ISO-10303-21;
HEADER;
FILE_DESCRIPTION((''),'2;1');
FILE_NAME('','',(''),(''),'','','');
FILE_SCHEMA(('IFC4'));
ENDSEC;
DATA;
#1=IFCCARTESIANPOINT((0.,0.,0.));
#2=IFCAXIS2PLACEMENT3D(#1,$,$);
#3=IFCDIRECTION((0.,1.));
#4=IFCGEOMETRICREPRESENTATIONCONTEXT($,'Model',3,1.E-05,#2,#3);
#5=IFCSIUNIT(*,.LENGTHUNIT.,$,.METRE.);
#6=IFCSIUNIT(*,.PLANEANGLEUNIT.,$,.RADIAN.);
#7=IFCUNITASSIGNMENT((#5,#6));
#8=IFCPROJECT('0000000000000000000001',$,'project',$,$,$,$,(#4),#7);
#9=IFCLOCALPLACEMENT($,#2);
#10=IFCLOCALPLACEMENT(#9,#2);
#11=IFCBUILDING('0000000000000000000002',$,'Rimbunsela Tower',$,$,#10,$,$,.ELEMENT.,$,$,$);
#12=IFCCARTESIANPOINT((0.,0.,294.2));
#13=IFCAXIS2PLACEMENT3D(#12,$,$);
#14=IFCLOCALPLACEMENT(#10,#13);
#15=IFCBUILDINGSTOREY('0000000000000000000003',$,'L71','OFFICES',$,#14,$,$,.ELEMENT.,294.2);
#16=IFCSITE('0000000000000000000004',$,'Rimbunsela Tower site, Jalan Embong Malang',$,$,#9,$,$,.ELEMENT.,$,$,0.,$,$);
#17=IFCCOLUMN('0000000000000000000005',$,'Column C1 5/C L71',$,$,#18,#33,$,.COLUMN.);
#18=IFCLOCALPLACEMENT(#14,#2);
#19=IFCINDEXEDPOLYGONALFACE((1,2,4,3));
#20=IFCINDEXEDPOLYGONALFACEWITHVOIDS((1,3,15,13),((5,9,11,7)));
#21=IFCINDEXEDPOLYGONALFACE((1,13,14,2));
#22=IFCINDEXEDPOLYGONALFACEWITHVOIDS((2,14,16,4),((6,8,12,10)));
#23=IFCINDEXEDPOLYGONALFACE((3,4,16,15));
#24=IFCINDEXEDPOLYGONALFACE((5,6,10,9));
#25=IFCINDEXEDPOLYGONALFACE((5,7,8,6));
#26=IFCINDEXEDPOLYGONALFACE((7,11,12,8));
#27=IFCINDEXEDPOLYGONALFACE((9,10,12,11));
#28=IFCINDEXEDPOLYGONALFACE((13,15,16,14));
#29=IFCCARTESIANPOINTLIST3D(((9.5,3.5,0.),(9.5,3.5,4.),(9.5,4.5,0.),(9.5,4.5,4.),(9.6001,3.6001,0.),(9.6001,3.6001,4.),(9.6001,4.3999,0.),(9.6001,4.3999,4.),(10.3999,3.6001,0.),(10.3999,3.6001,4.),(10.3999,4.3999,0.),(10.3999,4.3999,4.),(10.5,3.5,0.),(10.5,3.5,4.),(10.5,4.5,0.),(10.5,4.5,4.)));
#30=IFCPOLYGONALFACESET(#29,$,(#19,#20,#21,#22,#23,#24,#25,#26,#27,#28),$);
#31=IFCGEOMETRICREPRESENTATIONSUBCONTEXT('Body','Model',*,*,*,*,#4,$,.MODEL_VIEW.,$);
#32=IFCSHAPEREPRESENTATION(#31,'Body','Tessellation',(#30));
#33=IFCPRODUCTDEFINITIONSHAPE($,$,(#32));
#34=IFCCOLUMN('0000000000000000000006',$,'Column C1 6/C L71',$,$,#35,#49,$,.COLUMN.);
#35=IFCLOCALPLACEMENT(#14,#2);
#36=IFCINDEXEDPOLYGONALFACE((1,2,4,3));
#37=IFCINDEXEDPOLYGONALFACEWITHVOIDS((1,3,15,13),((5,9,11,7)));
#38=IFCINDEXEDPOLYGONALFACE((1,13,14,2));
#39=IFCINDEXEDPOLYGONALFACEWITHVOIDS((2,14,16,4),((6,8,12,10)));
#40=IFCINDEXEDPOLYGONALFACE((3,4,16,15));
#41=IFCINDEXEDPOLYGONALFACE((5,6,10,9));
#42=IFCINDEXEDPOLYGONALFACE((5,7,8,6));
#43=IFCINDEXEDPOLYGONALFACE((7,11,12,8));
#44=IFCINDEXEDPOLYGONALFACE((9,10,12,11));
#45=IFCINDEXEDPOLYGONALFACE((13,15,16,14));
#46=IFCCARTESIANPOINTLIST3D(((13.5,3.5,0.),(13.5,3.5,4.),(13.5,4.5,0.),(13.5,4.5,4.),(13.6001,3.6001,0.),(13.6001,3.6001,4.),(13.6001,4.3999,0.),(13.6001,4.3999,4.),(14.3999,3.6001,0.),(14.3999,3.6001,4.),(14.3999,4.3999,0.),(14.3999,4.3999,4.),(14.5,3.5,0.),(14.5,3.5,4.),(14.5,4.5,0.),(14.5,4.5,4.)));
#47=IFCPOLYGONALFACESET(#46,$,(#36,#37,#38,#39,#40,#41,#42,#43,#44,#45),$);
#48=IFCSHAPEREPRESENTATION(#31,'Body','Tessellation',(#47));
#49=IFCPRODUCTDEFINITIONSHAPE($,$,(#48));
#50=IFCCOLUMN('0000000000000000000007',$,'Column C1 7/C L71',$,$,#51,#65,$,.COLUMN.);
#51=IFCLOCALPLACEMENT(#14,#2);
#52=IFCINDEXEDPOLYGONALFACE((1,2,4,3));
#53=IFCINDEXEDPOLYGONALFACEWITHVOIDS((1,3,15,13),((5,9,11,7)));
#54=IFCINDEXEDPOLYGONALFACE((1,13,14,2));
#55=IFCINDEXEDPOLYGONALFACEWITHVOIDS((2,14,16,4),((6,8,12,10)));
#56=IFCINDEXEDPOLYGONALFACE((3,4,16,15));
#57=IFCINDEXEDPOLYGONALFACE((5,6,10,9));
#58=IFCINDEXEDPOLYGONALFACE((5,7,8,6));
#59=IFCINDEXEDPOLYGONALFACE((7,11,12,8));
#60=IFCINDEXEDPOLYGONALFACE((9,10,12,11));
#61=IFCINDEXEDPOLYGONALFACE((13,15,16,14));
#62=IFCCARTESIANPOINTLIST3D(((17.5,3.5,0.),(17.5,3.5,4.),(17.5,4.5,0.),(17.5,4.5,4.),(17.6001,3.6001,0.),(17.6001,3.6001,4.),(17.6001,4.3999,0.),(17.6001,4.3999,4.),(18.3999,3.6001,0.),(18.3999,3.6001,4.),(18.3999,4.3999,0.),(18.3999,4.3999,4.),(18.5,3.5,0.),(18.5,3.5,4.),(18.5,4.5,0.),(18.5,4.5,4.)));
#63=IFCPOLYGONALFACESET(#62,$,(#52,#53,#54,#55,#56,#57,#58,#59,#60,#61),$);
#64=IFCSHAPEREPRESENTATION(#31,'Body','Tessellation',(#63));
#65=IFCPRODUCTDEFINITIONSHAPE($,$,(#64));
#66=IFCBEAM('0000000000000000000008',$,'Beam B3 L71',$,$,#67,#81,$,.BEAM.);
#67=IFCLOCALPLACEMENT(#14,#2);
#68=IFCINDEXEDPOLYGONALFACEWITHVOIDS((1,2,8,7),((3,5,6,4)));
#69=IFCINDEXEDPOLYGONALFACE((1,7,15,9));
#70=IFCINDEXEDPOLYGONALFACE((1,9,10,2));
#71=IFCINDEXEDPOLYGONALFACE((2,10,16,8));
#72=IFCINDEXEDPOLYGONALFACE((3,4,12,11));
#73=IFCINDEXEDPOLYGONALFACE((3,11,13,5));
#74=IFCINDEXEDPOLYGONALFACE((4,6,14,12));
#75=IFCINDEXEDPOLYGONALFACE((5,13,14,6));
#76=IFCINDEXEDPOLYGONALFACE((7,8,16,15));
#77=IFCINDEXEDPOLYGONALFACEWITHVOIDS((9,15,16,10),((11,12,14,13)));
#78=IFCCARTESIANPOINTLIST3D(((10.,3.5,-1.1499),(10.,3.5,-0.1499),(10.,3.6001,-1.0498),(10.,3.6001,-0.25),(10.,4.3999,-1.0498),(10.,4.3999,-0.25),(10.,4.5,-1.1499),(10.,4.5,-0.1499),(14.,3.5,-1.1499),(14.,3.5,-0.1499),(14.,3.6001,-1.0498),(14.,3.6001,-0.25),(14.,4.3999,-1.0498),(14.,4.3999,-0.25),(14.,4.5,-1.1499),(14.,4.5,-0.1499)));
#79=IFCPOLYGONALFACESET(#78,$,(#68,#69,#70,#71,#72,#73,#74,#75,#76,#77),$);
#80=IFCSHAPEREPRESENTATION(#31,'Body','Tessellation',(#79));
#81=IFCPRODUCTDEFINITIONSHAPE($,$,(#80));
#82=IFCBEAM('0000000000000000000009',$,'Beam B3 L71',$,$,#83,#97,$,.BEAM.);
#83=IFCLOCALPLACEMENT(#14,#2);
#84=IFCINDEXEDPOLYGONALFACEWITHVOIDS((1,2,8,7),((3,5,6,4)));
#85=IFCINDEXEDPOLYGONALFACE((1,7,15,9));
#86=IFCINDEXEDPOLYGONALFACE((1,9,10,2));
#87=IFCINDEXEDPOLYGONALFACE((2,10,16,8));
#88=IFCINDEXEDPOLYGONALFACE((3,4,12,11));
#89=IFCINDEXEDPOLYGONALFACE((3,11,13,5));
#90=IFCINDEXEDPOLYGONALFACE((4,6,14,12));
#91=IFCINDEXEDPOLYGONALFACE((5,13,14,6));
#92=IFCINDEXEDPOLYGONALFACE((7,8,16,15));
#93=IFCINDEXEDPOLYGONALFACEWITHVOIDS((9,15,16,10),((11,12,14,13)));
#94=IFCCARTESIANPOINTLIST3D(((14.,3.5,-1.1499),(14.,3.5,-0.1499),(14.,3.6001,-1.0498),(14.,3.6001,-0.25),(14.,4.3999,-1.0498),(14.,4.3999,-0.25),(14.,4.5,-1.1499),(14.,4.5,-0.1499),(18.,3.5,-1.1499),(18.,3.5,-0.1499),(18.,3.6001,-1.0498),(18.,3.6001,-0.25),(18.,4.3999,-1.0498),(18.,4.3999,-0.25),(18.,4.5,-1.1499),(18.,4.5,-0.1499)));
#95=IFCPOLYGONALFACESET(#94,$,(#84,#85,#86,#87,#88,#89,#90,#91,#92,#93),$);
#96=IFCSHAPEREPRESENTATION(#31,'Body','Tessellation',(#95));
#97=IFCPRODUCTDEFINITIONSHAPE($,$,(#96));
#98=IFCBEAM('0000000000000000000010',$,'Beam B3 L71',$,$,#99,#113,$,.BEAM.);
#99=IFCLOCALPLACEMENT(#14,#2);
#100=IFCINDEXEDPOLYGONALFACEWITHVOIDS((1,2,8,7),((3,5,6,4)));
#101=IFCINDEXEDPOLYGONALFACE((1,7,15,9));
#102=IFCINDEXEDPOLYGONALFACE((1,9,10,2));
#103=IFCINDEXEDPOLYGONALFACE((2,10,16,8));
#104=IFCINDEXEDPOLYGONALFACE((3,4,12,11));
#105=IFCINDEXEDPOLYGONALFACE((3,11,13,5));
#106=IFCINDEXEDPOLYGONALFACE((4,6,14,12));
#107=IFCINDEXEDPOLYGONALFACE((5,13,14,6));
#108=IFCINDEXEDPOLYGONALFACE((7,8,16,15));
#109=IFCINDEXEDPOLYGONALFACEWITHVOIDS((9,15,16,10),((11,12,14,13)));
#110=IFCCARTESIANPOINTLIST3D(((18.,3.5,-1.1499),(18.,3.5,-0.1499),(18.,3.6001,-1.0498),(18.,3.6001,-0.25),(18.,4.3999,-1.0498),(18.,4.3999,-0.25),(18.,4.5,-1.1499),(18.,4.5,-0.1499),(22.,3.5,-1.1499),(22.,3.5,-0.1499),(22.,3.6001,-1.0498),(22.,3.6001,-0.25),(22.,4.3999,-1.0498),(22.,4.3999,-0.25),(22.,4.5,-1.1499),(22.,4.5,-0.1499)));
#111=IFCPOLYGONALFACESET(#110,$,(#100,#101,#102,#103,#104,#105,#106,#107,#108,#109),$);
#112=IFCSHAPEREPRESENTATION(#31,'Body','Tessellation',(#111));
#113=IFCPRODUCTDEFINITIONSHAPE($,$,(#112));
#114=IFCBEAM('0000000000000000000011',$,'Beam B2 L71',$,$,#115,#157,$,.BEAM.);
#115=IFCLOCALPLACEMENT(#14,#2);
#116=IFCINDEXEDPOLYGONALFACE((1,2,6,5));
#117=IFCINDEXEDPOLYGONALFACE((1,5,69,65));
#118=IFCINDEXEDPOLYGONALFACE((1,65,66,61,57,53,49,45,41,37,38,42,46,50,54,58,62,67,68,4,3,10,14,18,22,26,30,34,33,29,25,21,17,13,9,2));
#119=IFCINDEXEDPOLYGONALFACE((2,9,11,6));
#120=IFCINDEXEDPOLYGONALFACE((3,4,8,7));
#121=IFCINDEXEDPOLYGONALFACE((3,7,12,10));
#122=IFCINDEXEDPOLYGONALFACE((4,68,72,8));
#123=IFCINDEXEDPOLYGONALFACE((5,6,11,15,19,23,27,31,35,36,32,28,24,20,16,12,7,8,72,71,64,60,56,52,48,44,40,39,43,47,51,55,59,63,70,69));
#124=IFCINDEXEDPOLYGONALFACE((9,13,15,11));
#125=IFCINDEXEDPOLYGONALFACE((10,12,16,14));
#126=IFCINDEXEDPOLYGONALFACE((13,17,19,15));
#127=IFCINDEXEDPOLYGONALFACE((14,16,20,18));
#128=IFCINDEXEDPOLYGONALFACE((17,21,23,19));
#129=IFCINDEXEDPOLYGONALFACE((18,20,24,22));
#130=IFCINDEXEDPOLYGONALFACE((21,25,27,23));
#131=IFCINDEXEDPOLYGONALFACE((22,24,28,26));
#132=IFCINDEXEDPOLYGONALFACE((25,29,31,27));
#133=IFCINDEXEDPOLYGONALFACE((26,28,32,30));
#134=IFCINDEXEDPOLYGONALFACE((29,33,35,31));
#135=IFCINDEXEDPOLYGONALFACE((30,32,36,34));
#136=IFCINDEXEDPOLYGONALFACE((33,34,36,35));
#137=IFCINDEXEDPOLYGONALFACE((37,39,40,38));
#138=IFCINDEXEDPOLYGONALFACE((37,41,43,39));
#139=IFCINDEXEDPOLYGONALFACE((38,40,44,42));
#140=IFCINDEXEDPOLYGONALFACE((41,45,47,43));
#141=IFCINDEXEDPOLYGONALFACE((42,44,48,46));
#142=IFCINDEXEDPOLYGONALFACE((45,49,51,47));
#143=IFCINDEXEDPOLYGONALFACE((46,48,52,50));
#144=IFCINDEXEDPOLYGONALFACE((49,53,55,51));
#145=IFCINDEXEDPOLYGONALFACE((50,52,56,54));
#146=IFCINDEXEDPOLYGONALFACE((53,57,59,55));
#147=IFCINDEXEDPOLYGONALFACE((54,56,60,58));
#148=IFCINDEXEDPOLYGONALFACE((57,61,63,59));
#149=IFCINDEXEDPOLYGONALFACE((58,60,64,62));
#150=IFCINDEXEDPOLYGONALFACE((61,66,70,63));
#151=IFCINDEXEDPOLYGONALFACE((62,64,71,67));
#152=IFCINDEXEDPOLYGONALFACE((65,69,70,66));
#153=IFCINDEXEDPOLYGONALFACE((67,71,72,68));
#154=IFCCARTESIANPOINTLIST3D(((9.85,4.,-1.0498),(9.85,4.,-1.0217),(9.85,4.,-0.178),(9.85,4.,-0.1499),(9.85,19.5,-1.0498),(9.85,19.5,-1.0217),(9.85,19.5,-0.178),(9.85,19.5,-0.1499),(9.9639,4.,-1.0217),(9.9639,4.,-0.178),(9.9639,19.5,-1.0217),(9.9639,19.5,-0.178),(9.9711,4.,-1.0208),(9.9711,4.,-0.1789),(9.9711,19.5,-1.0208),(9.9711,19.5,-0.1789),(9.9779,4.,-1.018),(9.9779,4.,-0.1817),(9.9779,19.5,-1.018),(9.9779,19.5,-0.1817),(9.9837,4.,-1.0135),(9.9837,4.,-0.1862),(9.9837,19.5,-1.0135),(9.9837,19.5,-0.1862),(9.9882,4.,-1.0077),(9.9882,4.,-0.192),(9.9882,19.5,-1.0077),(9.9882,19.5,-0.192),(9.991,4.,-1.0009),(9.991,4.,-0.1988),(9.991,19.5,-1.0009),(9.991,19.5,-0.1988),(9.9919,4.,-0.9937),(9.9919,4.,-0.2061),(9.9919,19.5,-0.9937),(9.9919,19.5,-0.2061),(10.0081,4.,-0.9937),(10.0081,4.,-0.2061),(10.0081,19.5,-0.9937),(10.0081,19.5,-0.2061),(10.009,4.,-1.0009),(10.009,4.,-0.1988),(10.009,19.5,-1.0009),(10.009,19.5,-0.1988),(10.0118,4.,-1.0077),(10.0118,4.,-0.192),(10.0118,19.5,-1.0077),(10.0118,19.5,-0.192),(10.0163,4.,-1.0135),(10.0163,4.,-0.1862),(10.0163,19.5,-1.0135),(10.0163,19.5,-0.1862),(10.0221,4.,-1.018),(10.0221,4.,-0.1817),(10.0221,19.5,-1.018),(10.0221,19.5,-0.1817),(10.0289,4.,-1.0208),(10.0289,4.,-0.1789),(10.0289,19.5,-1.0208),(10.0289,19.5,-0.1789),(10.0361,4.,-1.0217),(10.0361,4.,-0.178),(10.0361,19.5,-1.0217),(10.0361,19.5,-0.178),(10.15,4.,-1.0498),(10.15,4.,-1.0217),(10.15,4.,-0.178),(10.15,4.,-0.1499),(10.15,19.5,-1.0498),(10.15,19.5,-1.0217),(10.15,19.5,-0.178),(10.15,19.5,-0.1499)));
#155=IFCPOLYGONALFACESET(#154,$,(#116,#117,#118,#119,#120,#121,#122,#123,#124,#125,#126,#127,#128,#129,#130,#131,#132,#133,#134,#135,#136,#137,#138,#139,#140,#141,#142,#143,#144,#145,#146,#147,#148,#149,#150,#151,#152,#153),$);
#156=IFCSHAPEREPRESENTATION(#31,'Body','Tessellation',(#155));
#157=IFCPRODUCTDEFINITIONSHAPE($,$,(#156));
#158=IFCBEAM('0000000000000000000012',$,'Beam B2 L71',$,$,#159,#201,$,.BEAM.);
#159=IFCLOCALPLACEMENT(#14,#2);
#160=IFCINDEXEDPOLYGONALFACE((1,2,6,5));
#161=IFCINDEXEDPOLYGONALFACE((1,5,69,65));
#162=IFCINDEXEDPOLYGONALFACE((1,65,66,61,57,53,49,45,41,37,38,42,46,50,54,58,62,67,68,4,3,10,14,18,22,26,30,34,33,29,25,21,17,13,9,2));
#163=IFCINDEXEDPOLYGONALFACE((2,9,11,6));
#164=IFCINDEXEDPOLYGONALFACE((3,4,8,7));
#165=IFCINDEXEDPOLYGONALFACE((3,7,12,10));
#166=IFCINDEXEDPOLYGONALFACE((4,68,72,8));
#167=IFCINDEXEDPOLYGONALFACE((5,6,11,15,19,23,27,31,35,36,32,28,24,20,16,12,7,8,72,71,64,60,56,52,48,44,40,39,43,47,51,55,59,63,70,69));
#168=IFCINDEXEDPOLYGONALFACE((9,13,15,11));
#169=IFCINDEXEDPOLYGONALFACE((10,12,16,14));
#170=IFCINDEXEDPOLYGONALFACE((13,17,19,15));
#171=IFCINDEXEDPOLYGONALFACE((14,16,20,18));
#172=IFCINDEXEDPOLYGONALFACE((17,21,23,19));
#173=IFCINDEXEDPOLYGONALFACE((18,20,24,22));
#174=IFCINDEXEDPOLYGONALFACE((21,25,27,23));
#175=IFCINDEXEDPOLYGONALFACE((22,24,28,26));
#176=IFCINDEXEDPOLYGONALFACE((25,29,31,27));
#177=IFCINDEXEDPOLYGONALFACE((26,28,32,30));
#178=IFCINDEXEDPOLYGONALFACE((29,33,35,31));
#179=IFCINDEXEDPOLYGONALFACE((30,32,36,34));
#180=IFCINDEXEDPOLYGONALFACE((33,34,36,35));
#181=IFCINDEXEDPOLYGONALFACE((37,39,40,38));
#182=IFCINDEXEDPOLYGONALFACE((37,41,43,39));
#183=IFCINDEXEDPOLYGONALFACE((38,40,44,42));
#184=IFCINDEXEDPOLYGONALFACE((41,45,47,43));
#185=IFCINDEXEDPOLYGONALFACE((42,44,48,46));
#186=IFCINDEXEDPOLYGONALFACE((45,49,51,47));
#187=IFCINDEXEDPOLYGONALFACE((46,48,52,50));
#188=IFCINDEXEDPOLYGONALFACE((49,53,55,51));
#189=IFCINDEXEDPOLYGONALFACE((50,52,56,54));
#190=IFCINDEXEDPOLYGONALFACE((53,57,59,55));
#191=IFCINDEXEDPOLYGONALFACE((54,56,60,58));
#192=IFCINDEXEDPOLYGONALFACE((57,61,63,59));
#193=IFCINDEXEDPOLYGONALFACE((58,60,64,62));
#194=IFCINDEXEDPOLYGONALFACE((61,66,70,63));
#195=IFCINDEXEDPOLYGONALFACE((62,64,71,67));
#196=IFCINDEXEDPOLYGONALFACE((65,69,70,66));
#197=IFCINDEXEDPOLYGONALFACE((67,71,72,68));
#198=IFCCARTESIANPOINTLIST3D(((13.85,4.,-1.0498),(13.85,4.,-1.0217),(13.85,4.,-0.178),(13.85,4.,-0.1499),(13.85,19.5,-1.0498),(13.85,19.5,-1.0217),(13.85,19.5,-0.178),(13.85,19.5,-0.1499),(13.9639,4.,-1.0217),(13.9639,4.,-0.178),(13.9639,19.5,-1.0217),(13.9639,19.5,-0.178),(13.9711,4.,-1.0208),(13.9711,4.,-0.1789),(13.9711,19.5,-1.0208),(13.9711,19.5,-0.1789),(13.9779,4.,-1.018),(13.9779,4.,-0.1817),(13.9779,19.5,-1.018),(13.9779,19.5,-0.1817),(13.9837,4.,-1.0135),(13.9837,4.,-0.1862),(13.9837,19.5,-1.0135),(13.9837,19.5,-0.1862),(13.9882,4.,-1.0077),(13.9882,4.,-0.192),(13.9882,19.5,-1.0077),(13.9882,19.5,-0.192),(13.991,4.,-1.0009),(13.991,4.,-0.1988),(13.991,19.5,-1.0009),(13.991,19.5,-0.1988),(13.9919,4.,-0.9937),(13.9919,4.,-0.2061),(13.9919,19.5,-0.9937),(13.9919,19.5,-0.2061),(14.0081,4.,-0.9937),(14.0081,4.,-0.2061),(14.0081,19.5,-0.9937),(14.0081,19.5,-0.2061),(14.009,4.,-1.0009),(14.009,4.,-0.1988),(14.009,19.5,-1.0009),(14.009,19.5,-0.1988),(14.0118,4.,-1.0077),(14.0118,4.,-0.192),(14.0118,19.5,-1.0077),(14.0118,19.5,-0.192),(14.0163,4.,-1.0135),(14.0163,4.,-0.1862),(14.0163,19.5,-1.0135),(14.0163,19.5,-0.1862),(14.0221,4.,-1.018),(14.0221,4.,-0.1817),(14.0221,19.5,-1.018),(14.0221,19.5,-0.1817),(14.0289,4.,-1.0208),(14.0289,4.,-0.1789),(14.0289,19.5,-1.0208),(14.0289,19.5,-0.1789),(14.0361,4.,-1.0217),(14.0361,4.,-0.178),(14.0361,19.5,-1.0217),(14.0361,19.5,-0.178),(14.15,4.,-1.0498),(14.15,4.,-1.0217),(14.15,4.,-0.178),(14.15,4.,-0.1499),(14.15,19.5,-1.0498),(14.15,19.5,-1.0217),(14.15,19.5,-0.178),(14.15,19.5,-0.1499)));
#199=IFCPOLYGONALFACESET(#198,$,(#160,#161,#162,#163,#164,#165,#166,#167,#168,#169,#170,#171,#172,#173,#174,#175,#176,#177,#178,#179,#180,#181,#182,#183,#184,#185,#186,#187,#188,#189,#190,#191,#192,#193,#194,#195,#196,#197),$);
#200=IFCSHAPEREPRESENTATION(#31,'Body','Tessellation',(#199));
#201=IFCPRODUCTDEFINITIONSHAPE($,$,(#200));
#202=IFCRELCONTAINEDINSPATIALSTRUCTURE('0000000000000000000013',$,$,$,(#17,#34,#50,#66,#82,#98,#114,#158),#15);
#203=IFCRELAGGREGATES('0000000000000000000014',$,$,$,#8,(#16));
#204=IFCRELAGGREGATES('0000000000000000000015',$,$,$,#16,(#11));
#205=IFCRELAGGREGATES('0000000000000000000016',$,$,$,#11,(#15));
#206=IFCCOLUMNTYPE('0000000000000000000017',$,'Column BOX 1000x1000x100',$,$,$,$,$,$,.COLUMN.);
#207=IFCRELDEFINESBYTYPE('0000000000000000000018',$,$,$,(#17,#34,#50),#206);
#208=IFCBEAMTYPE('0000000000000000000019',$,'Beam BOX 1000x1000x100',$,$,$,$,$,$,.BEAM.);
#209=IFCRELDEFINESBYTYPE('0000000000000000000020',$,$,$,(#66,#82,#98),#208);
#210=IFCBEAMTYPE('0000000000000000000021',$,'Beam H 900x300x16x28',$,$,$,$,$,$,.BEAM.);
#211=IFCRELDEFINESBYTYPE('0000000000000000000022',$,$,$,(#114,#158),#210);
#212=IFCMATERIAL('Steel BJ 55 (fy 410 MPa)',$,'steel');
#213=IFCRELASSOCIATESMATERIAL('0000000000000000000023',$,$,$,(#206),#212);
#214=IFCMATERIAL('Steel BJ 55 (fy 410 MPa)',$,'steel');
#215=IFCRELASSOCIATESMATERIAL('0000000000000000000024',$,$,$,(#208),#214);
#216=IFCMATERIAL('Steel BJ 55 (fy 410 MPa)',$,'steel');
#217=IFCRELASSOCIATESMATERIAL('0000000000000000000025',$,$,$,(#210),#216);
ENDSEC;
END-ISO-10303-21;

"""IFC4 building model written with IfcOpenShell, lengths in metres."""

from ifc_helpers import new_model, si_unit, direction, frame, origin, origin_2d, place, context, subcontext, project, spatial, hollow_rectangle, i_section, extrude, material, material_profile, profile_set, type_object, element, save


model = new_model("IFC4")

# Units and contexts
model_context = context("Model", 3, precision=1e-05, world=origin(), true_north=direction((0.0, 1.0)))
body_context = subcontext(model_context, "Body", "Model", "MODEL_VIEW")
ifc_project = project(units=[si_unit("LENGTHUNIT", "METRE"), si_unit("PLANEANGLEUNIT", "RADIAN")], contexts=[model_context])

# Site, building, storey
site_placement = place(None, origin())
site = spatial("IfcSite", under=ifc_project, at=site_placement, Name="Rimbunsela Tower site, Jalan Embong Malang", CompositionType="ELEMENT", RefElevation=0.0)
building_placement = place(site_placement, origin())
building = spatial("IfcBuilding", under=site, at=building_placement, Name="Rimbunsela Tower", CompositionType="ELEMENT")
storey_placement = place(building_placement, frame((0.0, 0.0, 294.2)))
storey = spatial("IfcBuildingStorey", under=building, at=storey_placement, Name="L71", Description="OFFICES", CompositionType="ELEMENT", Elevation=294.2)

# Columns
ifc_material_1 = material(Name="Steel BJ 55 (fy 410 MPa)", Category="steel")
ifc_material_profile_1 = material_profile(ifc_material_1, hollow_rectangle(XDim=1.0, YDim=1.0, WallThickness=0.1001, at=origin_2d()), Name="BOX 1000x1000x100")
ifc_profile_set_1 = profile_set([ifc_material_profile_1], Name="Steel BJ 55 (fy 410 MPa)")
column_type = type_object("IfcColumnType", Name="Column BOX 1000x1000x100", PredefinedType="COLUMN", material=ifc_profile_set_1)
for number, where, z_axis, x_axis, name in (
    (1, (10.0, 4.0, 0.0), (0.0, 0.0, 1.0), (1.0, 0.0, 0.0), "Column C1 5/C L71"),
    (2, (14.0, 4.0, 0.0), (0.0, 0.0, 1.0), (1.0, 0.0, 0.0), "Column C1 6/C L71"),
    (3, (18.0, 4.0, 0.0), (0.0, 0.0, 1.0), (1.0, 0.0, 0.0), "Column C1 7/C L71"),
):
    element("IfcColumn", number, at=place(storey_placement, frame(where, z_axis=z_axis, x_axis=x_axis)), inside=storey, type_object=column_type, Name=name, PredefinedType="COLUMN", context=body_context, shape_type="SweptSolid", body=[
        extrude(hollow_rectangle(XDim=1.0, YDim=1.0, WallThickness=0.1001, at=origin_2d()), origin(), (0.0, 0.0, 1.0), 4.0),
    ])

# Beams
ifc_material_2 = material(Name="Steel BJ 55 (fy 410 MPa)", Category="steel")
ifc_material_profile_2 = material_profile(ifc_material_2, hollow_rectangle(XDim=1.0, YDim=1.0, WallThickness=0.1001, at=origin_2d()), Name="BOX 1000x1000x100")
ifc_profile_set_2 = profile_set([ifc_material_profile_2], Name="Steel BJ 55 (fy 410 MPa)")
beam_type_1 = type_object("IfcBeamType", Name="Beam BOX 1000x1000x100", PredefinedType="BEAM", material=ifc_profile_set_2)
for number, where, z_axis, x_axis, name in (
    (4, (10.0, 4.0, -0.6499), (1.0, 0.0, 0.0), (0.0, 1.0, 0.0), "Beam B3 L71"),
    (5, (14.0, 4.0, -0.6499), (1.0, 0.0, 0.0), (0.0, 1.0, 0.0), "Beam B3 L71"),
    (6, (18.0, 4.0, -0.6499), (1.0, 0.0, 0.0), (0.0, 1.0, 0.0), "Beam B3 L71"),
):
    element("IfcBeam", number, at=place(storey_placement, frame(where, z_axis=z_axis, x_axis=x_axis)), inside=storey, type_object=beam_type_1, Name=name, PredefinedType="BEAM", context=body_context, shape_type="SweptSolid", body=[
        extrude(hollow_rectangle(XDim=1.0, YDim=1.0, WallThickness=0.1001, at=origin_2d()), origin(), (0.0, 0.0, 1.0), 4.0),
    ])
ifc_material_3 = material(Name="Steel BJ 55 (fy 410 MPa)", Category="steel")
ifc_material_profile_3 = material_profile(ifc_material_3, i_section(OverallWidth=0.3, OverallDepth=0.8999, WebThickness=0.0161, FlangeThickness=0.0281, FilletRadius=0.0281, at=origin_2d()), Name="H 900x300x16x28")
ifc_profile_set_3 = profile_set([ifc_material_profile_3], Name="Steel BJ 55 (fy 410 MPa)")
beam_type_2 = type_object("IfcBeamType", Name="Beam H 900x300x16x28", PredefinedType="BEAM", material=ifc_profile_set_3)
for number, where, z_axis, x_axis, name in (
    (7, (10.0, 4.0, -0.5999), (0.0, 1.0, 0.0), (-1.0, 0.0, 0.0), "Beam B2 L71"),
    (8, (14.0, 4.0, -0.5999), (0.0, 1.0, 0.0), (-1.0, 0.0, 0.0), "Beam B2 L71"),
):
    element("IfcBeam", number, at=place(storey_placement, frame(where, z_axis=z_axis, x_axis=x_axis)), inside=storey, type_object=beam_type_2, Name=name, PredefinedType="BEAM", context=body_context, shape_type="SweptSolid", body=[
        extrude(i_section(OverallWidth=0.3, OverallDepth=0.8999, WebThickness=0.0161, FlangeThickness=0.0281, FilletRadius=0.0281, at=origin_2d()), origin(), (0.0, 0.0, 1.0), 15.5),
    ])

save(model, "model.ifc")
